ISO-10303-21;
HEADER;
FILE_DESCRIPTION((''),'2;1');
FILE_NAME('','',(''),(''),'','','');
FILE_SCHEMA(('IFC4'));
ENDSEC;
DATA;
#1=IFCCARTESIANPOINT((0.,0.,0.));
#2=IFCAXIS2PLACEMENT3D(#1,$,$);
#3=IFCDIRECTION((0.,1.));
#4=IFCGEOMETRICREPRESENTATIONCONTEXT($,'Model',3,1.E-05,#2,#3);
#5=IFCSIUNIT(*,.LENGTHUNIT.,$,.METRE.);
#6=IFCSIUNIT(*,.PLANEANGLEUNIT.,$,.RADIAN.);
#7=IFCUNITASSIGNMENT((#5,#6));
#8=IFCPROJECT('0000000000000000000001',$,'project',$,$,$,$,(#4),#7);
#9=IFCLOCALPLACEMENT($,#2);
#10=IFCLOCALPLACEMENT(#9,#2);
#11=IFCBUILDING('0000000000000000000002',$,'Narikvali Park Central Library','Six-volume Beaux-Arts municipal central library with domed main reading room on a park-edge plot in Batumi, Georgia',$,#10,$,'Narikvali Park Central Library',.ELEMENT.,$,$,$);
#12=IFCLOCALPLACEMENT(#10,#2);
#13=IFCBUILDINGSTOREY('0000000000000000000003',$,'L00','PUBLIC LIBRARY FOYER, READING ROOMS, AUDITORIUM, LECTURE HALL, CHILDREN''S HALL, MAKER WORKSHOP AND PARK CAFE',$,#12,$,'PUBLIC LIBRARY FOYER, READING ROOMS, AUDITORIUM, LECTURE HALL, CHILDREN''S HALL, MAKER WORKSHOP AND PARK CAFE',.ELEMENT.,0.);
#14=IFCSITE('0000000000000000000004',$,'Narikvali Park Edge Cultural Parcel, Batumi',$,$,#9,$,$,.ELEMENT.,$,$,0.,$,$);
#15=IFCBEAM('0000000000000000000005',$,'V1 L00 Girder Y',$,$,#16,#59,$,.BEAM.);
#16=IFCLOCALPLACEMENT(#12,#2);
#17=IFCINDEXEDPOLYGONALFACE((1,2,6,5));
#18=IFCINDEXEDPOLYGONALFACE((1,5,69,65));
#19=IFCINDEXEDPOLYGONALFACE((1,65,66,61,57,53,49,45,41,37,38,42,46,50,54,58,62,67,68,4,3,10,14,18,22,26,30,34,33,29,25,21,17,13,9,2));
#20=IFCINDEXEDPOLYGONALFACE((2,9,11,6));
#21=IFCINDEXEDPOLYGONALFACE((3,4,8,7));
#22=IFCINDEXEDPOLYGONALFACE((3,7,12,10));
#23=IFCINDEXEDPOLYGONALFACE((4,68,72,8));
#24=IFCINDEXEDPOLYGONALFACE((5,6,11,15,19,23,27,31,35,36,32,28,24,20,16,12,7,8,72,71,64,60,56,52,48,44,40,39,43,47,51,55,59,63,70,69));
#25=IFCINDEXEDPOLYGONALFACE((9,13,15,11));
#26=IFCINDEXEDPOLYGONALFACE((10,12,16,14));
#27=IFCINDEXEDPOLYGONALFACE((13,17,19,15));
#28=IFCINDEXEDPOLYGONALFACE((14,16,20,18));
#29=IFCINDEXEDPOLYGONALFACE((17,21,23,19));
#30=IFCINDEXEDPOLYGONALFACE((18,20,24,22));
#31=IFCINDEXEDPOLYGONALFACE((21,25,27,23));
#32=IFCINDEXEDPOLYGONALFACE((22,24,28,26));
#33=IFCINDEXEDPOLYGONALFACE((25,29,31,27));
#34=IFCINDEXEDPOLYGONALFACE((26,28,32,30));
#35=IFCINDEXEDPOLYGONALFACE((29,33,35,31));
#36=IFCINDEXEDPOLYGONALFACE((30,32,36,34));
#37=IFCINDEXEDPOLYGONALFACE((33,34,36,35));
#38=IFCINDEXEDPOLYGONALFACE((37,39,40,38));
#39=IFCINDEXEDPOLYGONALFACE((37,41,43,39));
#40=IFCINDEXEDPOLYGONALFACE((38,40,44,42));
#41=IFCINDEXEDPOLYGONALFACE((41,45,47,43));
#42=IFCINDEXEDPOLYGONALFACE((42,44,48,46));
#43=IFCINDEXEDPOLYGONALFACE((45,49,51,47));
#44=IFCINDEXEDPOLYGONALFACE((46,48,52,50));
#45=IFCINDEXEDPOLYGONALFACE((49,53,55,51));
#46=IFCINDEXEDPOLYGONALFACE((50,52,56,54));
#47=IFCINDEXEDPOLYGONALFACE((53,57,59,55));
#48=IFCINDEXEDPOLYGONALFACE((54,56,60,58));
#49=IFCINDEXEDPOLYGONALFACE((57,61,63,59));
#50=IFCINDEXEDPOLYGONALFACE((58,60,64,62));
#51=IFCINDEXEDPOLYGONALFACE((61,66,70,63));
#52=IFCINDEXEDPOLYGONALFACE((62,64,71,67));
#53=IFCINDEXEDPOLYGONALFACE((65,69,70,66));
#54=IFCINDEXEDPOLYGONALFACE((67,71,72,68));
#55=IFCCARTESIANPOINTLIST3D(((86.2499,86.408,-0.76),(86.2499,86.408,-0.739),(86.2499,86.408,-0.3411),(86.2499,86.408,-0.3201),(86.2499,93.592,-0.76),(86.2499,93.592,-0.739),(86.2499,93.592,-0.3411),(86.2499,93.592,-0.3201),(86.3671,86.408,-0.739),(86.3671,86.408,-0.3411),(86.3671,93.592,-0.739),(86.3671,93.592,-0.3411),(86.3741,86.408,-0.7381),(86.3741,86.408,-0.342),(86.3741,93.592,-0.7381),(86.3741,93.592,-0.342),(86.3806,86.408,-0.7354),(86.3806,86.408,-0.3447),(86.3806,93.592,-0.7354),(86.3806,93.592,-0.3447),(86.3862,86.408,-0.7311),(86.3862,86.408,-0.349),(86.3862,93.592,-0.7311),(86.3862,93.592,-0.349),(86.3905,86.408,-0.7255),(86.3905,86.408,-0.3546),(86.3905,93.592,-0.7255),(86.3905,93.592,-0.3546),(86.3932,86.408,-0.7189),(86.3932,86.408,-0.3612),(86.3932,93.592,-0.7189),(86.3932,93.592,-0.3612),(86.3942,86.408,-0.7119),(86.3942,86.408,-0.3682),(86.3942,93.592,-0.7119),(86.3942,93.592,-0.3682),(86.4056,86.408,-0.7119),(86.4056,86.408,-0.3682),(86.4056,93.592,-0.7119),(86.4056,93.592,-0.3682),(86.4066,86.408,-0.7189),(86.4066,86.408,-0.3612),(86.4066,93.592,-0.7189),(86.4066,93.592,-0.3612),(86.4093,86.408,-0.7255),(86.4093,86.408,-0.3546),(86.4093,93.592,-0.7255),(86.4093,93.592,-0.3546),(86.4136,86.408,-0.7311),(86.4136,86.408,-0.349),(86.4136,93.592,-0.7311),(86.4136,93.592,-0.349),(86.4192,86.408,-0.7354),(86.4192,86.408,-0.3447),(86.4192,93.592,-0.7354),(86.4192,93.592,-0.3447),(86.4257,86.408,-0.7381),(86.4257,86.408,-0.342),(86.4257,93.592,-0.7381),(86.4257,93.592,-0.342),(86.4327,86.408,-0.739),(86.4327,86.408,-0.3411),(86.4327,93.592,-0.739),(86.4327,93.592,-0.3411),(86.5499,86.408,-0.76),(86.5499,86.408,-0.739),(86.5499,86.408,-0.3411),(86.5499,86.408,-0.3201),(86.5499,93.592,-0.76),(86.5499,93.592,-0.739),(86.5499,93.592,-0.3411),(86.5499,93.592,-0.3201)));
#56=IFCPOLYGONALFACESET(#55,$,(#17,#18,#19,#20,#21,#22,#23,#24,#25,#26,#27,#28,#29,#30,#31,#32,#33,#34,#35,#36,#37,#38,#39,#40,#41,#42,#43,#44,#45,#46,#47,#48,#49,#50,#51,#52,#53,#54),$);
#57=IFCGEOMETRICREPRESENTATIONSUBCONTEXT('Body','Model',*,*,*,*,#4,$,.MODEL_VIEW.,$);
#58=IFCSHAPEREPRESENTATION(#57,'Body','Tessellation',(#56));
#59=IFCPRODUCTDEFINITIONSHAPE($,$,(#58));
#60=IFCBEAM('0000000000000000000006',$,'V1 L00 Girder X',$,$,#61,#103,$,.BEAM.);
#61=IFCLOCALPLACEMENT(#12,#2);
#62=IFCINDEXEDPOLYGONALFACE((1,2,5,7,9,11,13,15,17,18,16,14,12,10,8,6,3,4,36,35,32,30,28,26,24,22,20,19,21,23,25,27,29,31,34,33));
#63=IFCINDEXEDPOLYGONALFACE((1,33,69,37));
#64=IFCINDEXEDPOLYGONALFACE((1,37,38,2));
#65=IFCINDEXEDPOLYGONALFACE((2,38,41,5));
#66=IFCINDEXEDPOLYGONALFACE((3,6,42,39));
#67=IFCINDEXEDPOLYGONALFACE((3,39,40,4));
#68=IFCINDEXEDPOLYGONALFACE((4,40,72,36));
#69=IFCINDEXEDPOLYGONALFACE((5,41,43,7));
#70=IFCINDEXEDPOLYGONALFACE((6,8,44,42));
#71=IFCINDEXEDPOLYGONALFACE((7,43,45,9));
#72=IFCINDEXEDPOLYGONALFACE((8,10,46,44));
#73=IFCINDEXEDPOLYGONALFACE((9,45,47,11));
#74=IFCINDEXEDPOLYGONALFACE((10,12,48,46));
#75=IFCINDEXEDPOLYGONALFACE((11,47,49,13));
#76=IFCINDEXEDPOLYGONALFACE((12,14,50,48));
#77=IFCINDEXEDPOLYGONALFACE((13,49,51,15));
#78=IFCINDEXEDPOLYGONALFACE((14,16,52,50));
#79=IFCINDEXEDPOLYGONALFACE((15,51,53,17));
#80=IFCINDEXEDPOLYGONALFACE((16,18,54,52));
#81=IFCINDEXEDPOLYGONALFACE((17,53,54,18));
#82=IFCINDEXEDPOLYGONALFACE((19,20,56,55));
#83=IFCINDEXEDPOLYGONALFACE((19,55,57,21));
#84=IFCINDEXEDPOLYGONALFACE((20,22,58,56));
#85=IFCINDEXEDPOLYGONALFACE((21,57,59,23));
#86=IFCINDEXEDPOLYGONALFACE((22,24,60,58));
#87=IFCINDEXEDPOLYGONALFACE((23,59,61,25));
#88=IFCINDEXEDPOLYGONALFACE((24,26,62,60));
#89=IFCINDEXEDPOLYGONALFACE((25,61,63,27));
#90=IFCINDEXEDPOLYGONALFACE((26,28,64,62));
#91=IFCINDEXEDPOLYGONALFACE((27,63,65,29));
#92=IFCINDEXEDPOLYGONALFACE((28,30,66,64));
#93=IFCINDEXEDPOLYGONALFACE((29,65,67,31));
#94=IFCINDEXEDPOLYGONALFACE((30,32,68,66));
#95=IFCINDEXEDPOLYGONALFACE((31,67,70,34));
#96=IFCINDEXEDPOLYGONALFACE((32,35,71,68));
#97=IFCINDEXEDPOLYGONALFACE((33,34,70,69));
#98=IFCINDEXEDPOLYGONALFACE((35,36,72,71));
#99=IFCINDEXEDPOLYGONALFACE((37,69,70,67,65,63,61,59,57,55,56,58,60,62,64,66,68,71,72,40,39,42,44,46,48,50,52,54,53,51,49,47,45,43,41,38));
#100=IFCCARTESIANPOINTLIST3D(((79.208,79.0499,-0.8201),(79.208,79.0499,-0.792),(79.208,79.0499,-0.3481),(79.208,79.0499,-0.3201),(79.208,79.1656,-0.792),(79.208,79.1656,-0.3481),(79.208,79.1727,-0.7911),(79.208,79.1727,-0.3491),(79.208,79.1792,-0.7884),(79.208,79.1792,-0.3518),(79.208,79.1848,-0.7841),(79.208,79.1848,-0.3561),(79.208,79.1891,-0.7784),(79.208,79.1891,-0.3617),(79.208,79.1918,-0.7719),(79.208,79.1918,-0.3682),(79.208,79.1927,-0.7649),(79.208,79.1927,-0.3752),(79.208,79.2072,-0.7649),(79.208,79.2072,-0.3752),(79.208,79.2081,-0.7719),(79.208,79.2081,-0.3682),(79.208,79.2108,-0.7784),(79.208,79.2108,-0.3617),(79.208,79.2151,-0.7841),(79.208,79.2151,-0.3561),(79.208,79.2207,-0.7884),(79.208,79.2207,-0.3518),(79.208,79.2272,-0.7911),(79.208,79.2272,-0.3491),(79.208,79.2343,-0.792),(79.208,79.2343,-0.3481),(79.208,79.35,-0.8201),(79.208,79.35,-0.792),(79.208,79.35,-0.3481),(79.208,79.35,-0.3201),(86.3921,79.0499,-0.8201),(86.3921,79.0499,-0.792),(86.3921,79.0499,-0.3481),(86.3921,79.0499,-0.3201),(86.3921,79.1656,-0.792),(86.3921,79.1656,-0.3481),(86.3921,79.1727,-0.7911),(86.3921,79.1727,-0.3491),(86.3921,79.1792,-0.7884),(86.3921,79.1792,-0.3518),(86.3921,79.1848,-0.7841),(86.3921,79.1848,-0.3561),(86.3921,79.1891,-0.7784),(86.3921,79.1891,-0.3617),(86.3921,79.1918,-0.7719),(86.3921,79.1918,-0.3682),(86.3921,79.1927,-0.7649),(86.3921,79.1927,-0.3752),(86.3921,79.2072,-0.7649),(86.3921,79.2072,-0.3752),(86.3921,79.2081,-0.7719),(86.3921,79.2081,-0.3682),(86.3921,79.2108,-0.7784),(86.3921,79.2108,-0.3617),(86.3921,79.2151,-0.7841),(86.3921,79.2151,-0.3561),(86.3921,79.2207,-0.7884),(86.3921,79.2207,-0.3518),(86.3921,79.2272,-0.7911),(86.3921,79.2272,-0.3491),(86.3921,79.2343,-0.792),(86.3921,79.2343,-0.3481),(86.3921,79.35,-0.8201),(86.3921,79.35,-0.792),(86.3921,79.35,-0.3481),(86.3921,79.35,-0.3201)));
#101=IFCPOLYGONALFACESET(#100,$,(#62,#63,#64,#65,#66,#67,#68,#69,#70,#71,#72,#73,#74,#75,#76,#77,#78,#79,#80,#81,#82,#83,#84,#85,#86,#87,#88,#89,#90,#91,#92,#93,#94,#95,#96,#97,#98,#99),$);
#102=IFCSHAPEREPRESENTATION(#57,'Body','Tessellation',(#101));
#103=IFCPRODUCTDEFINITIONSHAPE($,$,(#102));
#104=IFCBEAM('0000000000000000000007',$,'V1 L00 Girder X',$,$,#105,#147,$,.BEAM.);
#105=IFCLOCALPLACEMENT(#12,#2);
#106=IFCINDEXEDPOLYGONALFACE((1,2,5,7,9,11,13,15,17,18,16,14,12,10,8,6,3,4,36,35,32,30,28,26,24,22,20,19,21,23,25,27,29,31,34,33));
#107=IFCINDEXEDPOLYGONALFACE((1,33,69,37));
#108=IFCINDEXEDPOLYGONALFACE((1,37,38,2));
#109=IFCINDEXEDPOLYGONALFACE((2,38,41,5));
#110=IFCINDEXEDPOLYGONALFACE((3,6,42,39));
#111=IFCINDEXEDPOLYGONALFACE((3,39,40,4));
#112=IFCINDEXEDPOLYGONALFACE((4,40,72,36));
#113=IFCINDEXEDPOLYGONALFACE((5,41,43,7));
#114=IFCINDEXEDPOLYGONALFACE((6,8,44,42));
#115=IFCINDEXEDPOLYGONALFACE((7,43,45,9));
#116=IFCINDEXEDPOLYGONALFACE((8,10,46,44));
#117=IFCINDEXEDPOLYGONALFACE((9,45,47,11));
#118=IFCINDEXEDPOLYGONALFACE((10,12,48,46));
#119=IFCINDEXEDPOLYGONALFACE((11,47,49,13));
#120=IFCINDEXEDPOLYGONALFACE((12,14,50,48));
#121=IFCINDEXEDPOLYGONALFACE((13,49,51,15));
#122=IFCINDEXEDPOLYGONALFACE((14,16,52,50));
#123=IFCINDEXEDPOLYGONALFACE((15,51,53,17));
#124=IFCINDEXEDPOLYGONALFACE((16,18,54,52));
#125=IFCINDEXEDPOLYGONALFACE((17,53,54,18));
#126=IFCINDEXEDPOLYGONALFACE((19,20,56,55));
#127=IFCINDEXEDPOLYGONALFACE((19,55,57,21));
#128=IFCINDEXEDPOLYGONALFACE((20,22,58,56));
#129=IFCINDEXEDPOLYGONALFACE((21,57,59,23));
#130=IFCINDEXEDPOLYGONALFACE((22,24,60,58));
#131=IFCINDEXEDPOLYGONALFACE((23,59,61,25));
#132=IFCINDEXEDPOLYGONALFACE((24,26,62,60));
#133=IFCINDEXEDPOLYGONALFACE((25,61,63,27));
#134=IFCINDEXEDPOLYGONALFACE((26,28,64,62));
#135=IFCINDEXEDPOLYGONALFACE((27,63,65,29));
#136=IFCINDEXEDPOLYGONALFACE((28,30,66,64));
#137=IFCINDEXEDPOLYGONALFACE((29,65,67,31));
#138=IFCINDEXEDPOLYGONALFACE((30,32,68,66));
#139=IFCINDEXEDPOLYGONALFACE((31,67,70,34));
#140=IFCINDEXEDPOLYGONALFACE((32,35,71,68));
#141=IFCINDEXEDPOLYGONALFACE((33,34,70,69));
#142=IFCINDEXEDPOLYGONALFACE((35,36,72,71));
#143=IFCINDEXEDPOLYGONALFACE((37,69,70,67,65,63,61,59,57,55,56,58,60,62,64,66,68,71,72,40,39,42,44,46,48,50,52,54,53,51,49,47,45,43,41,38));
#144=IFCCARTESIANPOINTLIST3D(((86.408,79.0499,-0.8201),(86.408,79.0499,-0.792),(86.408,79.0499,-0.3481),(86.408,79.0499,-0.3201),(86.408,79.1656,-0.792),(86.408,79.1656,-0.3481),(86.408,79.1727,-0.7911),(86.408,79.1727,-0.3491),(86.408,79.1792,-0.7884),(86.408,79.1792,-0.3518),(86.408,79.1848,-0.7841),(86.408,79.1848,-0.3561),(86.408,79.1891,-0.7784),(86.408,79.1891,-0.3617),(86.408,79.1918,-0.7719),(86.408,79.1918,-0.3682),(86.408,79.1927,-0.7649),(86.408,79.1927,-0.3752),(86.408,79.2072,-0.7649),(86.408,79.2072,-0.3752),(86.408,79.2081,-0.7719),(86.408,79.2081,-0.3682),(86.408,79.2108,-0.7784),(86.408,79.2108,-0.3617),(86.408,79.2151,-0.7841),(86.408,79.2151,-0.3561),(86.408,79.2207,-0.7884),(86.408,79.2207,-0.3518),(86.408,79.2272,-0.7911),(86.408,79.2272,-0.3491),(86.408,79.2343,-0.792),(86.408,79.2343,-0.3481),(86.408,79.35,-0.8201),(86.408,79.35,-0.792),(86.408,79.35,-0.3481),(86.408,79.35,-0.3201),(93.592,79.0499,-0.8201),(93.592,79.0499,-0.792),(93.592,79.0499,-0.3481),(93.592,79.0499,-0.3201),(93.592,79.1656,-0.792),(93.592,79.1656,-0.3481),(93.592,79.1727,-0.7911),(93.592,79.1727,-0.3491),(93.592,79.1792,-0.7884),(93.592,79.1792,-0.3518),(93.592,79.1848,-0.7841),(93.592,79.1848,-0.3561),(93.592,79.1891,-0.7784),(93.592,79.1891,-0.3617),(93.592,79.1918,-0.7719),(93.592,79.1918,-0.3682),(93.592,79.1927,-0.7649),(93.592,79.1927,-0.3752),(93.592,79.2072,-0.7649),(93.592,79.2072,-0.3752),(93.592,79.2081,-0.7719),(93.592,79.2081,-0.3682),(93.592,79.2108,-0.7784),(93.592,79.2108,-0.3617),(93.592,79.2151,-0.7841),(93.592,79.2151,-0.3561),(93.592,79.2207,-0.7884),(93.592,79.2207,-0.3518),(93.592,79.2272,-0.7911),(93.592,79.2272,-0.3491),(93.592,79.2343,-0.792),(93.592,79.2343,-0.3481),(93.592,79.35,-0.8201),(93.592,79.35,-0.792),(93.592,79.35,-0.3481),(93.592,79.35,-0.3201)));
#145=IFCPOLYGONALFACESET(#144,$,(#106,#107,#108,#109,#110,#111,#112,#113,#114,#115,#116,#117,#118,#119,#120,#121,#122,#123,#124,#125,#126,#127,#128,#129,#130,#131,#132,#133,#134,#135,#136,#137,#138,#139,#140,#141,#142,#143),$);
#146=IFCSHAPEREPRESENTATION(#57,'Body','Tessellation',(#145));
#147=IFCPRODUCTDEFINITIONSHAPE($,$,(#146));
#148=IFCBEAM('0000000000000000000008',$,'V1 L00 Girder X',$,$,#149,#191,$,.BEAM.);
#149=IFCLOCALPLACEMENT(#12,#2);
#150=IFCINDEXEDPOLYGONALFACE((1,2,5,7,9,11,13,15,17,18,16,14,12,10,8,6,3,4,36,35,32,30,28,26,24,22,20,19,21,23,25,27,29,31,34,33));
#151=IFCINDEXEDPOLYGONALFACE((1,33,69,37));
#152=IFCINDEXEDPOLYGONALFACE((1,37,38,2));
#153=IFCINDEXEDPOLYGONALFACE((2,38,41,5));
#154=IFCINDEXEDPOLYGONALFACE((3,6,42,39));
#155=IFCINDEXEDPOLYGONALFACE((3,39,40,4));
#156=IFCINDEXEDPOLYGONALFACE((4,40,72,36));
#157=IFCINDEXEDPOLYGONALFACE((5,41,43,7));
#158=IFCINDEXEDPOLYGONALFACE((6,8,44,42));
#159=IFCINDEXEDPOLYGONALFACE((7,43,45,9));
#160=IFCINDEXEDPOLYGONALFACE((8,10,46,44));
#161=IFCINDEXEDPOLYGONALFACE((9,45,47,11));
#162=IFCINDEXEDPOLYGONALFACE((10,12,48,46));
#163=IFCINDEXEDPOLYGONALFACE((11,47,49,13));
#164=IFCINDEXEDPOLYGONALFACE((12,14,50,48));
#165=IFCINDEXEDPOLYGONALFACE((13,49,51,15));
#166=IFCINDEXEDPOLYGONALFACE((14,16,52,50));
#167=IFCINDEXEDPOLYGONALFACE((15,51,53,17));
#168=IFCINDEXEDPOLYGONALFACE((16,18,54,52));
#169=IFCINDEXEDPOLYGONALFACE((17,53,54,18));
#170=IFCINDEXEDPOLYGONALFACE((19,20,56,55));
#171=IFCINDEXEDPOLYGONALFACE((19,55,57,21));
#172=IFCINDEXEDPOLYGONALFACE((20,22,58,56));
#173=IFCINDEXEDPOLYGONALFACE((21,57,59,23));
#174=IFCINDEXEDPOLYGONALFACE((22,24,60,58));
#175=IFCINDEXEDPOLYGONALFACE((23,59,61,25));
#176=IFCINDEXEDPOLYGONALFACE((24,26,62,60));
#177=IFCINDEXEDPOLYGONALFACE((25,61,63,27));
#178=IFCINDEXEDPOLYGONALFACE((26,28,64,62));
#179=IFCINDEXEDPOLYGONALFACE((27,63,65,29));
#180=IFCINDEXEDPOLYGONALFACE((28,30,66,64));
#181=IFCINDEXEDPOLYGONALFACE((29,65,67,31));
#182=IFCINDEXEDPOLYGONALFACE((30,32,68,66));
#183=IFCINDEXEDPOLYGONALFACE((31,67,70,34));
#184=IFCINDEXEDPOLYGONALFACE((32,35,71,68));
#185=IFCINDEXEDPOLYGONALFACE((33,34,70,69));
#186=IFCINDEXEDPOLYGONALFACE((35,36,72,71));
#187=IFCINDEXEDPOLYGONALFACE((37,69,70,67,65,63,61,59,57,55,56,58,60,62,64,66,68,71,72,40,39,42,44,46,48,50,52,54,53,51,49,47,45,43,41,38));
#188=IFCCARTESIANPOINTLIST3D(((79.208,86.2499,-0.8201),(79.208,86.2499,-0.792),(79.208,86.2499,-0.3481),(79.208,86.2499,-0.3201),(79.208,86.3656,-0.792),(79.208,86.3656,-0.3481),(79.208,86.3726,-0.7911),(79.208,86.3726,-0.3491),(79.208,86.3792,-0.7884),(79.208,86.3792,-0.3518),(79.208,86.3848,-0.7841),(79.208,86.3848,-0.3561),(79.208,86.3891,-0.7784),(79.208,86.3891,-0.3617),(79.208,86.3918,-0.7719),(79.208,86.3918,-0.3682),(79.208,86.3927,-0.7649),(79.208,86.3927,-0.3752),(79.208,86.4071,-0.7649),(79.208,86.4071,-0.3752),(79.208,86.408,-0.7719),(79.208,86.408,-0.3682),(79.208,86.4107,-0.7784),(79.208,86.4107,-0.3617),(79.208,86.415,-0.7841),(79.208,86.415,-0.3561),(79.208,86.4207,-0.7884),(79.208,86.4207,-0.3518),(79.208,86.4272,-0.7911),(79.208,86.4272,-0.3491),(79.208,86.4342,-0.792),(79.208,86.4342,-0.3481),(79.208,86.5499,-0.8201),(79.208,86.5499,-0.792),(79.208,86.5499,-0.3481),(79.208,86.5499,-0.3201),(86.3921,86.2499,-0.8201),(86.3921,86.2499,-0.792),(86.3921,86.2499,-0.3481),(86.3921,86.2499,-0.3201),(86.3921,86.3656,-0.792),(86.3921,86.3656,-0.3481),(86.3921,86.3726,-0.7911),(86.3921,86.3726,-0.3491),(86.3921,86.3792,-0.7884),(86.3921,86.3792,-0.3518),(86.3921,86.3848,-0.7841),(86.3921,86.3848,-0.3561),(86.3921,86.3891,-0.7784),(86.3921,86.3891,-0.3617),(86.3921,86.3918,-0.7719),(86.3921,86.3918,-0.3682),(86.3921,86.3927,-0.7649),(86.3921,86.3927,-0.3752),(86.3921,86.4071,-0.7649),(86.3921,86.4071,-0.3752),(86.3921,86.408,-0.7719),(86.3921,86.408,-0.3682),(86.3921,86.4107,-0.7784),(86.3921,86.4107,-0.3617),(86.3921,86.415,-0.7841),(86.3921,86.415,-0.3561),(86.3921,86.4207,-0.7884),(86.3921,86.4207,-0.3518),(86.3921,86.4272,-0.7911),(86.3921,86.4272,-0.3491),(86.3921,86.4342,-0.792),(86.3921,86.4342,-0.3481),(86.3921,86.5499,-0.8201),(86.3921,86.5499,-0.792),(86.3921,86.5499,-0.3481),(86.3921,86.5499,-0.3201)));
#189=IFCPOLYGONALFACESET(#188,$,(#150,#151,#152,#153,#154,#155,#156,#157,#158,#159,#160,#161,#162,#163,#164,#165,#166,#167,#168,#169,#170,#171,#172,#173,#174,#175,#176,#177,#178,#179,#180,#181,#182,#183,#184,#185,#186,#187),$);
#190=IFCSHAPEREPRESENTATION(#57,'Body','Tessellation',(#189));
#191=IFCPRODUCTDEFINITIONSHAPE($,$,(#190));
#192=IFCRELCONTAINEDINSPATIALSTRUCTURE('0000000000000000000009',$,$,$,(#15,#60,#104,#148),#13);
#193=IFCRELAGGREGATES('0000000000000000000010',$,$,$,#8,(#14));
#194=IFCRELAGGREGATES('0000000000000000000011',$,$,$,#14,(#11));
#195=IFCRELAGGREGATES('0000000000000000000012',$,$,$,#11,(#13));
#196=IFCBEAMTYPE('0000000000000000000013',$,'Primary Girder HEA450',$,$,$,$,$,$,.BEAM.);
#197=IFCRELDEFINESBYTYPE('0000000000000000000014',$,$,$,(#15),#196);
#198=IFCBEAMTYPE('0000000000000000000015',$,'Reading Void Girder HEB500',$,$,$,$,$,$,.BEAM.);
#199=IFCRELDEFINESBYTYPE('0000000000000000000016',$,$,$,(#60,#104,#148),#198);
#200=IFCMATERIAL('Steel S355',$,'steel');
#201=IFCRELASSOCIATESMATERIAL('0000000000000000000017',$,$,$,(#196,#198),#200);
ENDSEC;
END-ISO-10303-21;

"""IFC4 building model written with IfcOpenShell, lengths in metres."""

from ifc_helpers import new_model, si_unit, direction, frame, origin, origin_2d, place, context, subcontext, project, spatial, i_section, extrude, material, material_profile, profile_set, type_object, element, save


model = new_model("IFC4")

# Units and contexts
model_context = context("Model", 3, precision=1e-05, world=origin(), true_north=direction((0.0, 1.0)))
body_context = subcontext(model_context, "Body", "Model", "MODEL_VIEW")
ifc_project = project(units=[si_unit("LENGTHUNIT", "METRE"), si_unit("PLANEANGLEUNIT", "RADIAN")], contexts=[model_context])

# Site, building, storey
site_placement = place(None, origin())
site = spatial("IfcSite", under=ifc_project, at=site_placement, Name="Narikvali Park Edge Cultural Parcel, Batumi", CompositionType="ELEMENT", RefElevation=0.0)
building_placement = place(site_placement, origin())
building = spatial("IfcBuilding", under=site, at=building_placement, Name="Narikvali Park Central Library", Description="Six-volume Beaux-Arts municipal central library with domed main reading room on a park-edge plot in Batumi, Georgia", LongName="Narikvali Park Central Library", CompositionType="ELEMENT")
storey_placement = place(building_placement, origin())
storey = spatial("IfcBuildingStorey", under=building, at=storey_placement, Name="L00", Description="PUBLIC LIBRARY FOYER, READING ROOMS, AUDITORIUM, LECTURE HALL, CHILDREN'S HALL, MAKER WORKSHOP AND PARK CAFE", LongName="PUBLIC LIBRARY FOYER, READING ROOMS, AUDITORIUM, LECTURE HALL, CHILDREN'S HALL, MAKER WORKSHOP AND PARK CAFE", CompositionType="ELEMENT", Elevation=0.0)

# Shared definitions
ifc_material_1 = material(Name="Steel S355", Category="steel")

# Beams
ifc_material_profile_1 = material_profile(ifc_material_1, i_section(OverallWidth=0.3, OverallDepth=0.4399, WebThickness=0.0115, FlangeThickness=0.021, FilletRadius=0.0271, at=origin_2d()), Name="HEA 450")
ifc_profile_set_1 = profile_set([ifc_material_profile_1], Name="Steel S355")
beam_type_1 = type_object("IfcBeamType", Name="Primary Girder HEA450", PredefinedType="BEAM", material=ifc_profile_set_1)
for number, where, z_axis, x_axis, name in (
    (1, (86.3999, 86.408, -0.54), (0.0, 1.0, 0.0), (-1.0, 0.0, 0.0), "V1 L00 Girder Y"),
):
    element("IfcBeam", number, at=place(storey_placement, frame(where, z_axis=z_axis, x_axis=x_axis)), inside=storey, type_object=beam_type_1, Name=name, PredefinedType="BEAM", context=body_context, shape_type="SweptSolid", body=[
        extrude(i_section(OverallWidth=0.3, OverallDepth=0.4399, WebThickness=0.0115, FlangeThickness=0.021, FilletRadius=0.0271, at=origin_2d()), origin(), (0.0, 0.0, 1.0), 7.1841),
    ])
ifc_material_profile_2 = material_profile(ifc_material_1, i_section(OverallWidth=0.3, OverallDepth=0.5, WebThickness=0.0144, FlangeThickness=0.0281, FilletRadius=0.0271, at=origin_2d()), Name="HEB 500")
ifc_profile_set_2 = profile_set([ifc_material_profile_2], Name="Steel S355")
beam_type_2 = type_object("IfcBeamType", Name="Reading Void Girder HEB500", PredefinedType="BEAM", material=ifc_profile_set_2)
for number, where, z_axis, x_axis, name in (
    (2, (79.208, 79.2, -0.5701), (1.0, 0.0, 0.0), (0.0, 1.0, 0.0), "V1 L00 Girder X"),
    (3, (86.408, 79.2, -0.5701), (1.0, 0.0, 0.0), (0.0, 1.0, 0.0), "V1 L00 Girder X"),
    (4, (79.208, 86.3999, -0.5701), (1.0, 0.0, 0.0), (0.0, 1.0, 0.0), "V1 L00 Girder X"),
):
    element("IfcBeam", number, at=place(storey_placement, frame(where, z_axis=z_axis, x_axis=x_axis)), inside=storey, type_object=beam_type_2, Name=name, PredefinedType="BEAM", context=body_context, shape_type="SweptSolid", body=[
        extrude(i_section(OverallWidth=0.3, OverallDepth=0.5, WebThickness=0.0144, FlangeThickness=0.0281, FilletRadius=0.0271, at=origin_2d()), origin(), (0.0, 0.0, 1.0), 7.1841),
    ])

save(model, "model.ifc")
